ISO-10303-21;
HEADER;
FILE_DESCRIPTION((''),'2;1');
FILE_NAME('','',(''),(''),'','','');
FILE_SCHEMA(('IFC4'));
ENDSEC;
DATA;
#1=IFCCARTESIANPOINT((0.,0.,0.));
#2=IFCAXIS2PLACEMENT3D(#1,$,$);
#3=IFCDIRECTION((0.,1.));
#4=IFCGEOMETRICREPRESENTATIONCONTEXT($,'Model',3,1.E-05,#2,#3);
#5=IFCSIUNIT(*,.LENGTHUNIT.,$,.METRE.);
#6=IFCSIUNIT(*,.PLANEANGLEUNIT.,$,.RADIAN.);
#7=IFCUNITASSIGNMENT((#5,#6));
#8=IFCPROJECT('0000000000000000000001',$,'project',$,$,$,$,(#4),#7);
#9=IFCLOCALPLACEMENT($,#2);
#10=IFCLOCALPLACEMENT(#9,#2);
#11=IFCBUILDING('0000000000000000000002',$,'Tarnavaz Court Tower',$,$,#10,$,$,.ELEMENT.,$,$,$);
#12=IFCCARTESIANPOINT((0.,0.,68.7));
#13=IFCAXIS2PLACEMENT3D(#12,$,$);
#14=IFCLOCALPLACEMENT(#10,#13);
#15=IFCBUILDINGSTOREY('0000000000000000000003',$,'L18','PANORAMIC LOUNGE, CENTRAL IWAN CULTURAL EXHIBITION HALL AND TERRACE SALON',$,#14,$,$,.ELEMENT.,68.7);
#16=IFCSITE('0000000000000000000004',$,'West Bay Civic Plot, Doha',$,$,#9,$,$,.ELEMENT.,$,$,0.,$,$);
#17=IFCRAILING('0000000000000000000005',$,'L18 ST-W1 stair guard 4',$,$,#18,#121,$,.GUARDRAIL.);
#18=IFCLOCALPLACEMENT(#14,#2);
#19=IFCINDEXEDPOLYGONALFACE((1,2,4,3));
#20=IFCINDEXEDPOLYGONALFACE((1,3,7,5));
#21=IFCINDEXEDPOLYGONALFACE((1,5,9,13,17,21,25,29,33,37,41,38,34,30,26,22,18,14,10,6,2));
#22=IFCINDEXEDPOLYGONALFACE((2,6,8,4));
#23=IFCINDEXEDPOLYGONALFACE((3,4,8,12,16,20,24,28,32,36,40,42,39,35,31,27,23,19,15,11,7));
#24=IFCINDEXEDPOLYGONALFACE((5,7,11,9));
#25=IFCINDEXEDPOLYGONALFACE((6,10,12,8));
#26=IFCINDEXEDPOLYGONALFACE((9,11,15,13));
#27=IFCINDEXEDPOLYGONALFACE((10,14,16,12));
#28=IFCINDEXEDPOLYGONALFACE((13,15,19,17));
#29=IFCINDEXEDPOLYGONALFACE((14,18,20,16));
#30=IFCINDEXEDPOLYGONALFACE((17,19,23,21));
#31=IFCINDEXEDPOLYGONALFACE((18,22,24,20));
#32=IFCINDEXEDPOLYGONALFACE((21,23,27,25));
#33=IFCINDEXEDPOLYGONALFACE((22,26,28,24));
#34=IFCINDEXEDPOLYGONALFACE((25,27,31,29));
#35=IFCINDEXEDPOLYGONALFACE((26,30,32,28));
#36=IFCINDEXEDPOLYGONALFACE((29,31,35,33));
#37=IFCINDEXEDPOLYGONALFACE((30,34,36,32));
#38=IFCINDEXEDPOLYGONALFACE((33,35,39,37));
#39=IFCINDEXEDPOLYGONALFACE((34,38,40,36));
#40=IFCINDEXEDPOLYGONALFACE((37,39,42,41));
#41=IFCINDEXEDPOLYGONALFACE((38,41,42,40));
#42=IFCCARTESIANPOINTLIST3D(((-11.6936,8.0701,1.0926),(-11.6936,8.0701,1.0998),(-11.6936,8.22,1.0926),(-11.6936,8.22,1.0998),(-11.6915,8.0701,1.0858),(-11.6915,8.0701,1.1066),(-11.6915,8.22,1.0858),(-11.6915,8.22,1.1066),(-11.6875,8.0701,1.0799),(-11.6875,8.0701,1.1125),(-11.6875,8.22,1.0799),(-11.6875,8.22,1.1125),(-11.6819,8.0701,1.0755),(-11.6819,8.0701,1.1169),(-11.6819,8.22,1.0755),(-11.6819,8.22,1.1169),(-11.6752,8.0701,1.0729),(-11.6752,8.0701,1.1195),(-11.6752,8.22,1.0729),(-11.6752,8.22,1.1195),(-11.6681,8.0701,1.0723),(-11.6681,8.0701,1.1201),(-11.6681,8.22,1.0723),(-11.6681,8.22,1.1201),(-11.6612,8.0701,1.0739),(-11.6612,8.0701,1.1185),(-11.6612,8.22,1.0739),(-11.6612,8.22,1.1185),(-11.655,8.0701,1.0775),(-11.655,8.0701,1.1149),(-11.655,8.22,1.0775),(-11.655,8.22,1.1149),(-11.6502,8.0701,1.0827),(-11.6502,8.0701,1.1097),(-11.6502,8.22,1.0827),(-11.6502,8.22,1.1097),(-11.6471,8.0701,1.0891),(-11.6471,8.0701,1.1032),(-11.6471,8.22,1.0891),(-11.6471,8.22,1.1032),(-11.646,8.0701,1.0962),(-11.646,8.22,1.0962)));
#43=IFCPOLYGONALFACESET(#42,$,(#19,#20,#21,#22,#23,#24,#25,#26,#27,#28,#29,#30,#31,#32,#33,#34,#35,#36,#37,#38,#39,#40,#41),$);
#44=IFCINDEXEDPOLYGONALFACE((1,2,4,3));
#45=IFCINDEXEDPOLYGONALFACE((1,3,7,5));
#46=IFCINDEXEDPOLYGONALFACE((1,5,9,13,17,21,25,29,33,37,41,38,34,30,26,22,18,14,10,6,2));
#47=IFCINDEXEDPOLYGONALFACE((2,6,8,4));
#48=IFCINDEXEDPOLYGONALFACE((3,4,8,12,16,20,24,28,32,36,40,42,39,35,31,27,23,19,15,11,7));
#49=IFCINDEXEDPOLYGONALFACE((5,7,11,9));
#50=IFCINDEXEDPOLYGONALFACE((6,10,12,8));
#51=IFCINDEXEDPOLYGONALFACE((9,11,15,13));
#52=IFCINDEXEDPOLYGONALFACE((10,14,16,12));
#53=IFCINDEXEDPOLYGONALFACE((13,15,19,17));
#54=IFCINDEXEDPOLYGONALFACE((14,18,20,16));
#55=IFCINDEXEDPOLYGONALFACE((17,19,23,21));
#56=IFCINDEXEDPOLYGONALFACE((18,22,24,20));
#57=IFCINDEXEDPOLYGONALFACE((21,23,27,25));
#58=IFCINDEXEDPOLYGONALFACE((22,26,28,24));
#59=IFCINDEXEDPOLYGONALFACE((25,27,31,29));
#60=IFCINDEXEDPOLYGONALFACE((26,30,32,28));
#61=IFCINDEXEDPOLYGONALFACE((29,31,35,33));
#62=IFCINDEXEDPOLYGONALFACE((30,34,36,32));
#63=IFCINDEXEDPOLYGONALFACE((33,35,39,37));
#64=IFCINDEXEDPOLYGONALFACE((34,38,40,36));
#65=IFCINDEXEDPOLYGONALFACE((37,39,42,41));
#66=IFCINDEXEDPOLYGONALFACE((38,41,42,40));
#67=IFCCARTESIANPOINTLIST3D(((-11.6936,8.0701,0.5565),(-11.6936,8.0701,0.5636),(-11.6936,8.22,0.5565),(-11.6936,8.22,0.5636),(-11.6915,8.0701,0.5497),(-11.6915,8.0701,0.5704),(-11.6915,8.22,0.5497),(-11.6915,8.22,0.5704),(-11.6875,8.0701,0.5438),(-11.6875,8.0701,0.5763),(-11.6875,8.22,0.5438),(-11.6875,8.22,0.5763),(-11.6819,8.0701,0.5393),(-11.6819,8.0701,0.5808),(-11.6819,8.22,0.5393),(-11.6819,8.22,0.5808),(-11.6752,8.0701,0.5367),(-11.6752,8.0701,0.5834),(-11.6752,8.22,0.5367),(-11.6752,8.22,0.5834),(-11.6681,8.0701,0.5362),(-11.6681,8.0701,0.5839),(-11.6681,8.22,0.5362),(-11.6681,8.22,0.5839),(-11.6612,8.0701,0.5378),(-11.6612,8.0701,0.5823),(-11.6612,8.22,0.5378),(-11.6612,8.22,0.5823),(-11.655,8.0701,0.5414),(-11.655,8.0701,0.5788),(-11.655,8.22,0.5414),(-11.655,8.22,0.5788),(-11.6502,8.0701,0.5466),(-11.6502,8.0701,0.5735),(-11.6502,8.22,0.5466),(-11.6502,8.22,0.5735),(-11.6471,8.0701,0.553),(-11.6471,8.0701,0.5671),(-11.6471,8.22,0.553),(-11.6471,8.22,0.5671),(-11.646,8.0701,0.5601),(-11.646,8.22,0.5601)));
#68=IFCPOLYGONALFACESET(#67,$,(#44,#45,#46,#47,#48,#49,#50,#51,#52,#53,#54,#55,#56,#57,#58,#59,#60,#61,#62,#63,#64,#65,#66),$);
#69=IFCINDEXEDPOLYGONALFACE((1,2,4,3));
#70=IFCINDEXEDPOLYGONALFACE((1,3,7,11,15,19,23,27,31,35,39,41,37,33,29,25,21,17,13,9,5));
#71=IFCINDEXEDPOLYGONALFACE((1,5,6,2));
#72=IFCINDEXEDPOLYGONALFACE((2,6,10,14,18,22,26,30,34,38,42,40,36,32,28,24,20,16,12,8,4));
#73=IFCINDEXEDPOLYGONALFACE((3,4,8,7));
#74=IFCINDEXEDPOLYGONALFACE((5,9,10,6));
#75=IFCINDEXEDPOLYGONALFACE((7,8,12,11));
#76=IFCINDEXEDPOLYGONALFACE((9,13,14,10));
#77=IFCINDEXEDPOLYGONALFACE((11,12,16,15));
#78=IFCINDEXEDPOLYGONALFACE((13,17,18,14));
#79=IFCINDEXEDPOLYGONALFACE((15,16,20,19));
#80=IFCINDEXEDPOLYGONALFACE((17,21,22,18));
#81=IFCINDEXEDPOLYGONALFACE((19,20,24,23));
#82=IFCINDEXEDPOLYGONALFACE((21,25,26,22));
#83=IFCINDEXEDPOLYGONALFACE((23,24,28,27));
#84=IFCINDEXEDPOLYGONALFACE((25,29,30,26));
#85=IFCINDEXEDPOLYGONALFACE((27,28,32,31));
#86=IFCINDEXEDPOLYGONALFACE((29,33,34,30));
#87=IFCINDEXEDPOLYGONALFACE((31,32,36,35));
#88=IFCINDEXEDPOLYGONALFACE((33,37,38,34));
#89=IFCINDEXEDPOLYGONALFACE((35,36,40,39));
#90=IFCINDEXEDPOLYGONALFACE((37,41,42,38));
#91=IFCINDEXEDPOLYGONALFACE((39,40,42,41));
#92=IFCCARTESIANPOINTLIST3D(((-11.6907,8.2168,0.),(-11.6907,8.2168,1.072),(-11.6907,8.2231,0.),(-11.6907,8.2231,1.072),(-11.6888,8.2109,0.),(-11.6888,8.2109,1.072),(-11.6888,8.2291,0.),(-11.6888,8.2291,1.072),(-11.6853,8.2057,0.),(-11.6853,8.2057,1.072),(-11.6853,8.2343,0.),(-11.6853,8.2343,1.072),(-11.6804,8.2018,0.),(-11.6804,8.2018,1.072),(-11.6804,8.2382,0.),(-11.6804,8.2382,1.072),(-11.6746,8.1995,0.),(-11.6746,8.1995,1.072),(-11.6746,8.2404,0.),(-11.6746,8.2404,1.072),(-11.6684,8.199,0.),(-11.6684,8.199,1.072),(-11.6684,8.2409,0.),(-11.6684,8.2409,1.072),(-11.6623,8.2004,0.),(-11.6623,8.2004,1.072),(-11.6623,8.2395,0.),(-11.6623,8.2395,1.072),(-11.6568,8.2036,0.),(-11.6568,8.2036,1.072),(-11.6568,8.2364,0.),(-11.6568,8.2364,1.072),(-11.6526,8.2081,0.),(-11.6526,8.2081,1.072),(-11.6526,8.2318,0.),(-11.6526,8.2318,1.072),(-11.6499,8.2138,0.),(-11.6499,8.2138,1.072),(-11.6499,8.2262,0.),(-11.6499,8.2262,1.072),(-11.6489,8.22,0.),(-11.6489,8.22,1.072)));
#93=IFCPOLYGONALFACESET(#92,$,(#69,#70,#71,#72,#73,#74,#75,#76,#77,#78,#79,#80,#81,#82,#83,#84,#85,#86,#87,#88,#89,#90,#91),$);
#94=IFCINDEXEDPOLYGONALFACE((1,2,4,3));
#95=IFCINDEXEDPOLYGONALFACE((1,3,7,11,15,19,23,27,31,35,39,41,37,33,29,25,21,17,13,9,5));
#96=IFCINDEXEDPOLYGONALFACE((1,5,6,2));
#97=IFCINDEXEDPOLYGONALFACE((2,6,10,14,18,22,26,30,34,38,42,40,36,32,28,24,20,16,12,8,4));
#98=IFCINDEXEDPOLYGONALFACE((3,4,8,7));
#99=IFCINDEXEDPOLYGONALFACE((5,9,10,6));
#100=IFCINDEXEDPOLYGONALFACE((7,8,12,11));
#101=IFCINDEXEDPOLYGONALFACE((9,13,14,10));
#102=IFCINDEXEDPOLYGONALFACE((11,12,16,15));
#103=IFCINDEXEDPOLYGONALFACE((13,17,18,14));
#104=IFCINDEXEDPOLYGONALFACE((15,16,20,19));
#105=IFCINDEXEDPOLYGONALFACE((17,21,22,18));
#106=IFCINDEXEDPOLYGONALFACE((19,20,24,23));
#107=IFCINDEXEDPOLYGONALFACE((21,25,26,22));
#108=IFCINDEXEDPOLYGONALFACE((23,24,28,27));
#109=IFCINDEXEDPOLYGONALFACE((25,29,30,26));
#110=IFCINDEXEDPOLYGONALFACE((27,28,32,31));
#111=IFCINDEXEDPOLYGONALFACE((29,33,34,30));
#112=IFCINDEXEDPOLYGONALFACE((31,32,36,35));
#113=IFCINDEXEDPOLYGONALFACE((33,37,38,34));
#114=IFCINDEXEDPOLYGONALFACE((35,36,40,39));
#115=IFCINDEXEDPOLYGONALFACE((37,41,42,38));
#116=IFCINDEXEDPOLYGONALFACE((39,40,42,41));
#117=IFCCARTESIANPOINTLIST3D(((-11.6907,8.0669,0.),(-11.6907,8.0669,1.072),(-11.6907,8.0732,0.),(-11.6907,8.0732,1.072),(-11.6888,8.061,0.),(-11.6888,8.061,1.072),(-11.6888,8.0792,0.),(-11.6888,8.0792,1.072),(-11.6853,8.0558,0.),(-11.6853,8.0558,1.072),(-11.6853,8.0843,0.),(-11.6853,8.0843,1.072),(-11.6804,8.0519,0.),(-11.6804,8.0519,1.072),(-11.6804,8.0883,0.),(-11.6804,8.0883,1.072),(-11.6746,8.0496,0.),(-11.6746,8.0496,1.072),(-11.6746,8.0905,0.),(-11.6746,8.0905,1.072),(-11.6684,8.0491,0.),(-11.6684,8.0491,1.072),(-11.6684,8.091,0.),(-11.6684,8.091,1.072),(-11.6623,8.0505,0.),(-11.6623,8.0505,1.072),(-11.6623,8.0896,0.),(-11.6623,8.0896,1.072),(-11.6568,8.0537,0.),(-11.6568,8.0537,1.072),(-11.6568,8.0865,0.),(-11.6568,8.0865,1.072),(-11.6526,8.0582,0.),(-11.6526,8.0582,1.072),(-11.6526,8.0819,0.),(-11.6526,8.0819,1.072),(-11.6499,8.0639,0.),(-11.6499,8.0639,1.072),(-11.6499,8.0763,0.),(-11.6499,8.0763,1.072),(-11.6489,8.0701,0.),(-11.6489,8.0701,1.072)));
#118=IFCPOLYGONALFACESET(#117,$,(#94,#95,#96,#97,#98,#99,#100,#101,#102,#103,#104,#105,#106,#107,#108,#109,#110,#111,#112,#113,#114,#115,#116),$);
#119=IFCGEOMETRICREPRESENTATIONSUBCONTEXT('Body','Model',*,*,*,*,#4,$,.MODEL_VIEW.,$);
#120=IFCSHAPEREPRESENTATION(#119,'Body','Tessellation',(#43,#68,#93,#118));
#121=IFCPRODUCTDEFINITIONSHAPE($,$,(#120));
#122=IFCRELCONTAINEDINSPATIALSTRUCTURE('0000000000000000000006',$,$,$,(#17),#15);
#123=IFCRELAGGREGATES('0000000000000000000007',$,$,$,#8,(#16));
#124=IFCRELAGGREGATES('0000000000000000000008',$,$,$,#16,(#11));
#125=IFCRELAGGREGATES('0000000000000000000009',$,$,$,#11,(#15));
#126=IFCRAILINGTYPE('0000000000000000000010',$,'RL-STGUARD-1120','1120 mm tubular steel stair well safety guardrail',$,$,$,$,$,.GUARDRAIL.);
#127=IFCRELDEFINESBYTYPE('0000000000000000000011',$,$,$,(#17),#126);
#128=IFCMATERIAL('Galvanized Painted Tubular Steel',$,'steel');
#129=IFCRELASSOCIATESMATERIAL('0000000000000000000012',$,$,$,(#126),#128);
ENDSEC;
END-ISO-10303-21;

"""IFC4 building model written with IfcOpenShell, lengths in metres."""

from ifc_helpers import new_model, si_unit, direction, frame, origin, origin_2d, place, context, subcontext, project, spatial, circle, extrude, material, type_object, element, save


model = new_model("IFC4")

# Units and contexts
model_context = context("Model", 3, precision=1e-05, world=origin(), true_north=direction((0.0, 1.0)))
body_context = subcontext(model_context, "Body", "Model", "MODEL_VIEW")
ifc_project = project(units=[si_unit("LENGTHUNIT", "METRE"), si_unit("PLANEANGLEUNIT", "RADIAN")], contexts=[model_context])

# Site, building, storey
site_placement = place(None, origin())
site = spatial("IfcSite", under=ifc_project, at=site_placement, Name="West Bay Civic Plot, Doha", CompositionType="ELEMENT", RefElevation=0.0)
building_placement = place(site_placement, origin())
building = spatial("IfcBuilding", under=site, at=building_placement, Name="Tarnavaz Court Tower", CompositionType="ELEMENT")
storey_placement = place(building_placement, frame((0.0, 0.0, 68.7)))
storey = spatial("IfcBuildingStorey", under=building, at=storey_placement, Name="L18", Description="PANORAMIC LOUNGE, CENTRAL IWAN CULTURAL EXHIBITION HALL AND TERRACE SALON", CompositionType="ELEMENT", Elevation=68.7)

# Railing
ifc_material_1 = material(Name="Galvanized Painted Tubular Steel", Category="steel")
railing_type_1 = type_object("IfcRailingType", Name="RL-STGUARD-1120", Description="1120 mm tubular steel stair well safety guardrail", PredefinedType="GUARDRAIL", material=ifc_material_1)
railing_1_placement = place(storey_placement, frame((-11.6699, 8.22, 0.0)))
element("IfcRailing", 1, at=railing_1_placement, inside=storey, type_object=railing_type_1, Name="L18 ST-W1 stair guard 4", PredefinedType="GUARDRAIL", context=body_context, shape_type="SweptSolid", body=[
    extrude(circle(Radius=0.0239, at=origin_2d()), frame((0.0, 0.0, 1.0962), z_axis=(0.0, -1.0, 0.0), x_axis=(1.0, 0.0, 0.0)), (0.0, 0.0, 1.0), 0.1499),
    extrude(circle(Radius=0.0239, at=origin_2d()), frame((0.0, 0.0, 0.5601), z_axis=(0.0, -1.0, 0.0), x_axis=(1.0, 0.0, 0.0)), (0.0, 0.0, 1.0), 0.1499),
    extrude(circle(Radius=0.021, at=origin_2d()), origin(), (0.0, 0.0, 1.0), 1.072),
    extrude(circle(Radius=0.021, at=origin_2d()), frame((0.0, -0.1499, 0.0)), (0.0, 0.0, 1.0), 1.072),
])

save(model, "model.ifc")
